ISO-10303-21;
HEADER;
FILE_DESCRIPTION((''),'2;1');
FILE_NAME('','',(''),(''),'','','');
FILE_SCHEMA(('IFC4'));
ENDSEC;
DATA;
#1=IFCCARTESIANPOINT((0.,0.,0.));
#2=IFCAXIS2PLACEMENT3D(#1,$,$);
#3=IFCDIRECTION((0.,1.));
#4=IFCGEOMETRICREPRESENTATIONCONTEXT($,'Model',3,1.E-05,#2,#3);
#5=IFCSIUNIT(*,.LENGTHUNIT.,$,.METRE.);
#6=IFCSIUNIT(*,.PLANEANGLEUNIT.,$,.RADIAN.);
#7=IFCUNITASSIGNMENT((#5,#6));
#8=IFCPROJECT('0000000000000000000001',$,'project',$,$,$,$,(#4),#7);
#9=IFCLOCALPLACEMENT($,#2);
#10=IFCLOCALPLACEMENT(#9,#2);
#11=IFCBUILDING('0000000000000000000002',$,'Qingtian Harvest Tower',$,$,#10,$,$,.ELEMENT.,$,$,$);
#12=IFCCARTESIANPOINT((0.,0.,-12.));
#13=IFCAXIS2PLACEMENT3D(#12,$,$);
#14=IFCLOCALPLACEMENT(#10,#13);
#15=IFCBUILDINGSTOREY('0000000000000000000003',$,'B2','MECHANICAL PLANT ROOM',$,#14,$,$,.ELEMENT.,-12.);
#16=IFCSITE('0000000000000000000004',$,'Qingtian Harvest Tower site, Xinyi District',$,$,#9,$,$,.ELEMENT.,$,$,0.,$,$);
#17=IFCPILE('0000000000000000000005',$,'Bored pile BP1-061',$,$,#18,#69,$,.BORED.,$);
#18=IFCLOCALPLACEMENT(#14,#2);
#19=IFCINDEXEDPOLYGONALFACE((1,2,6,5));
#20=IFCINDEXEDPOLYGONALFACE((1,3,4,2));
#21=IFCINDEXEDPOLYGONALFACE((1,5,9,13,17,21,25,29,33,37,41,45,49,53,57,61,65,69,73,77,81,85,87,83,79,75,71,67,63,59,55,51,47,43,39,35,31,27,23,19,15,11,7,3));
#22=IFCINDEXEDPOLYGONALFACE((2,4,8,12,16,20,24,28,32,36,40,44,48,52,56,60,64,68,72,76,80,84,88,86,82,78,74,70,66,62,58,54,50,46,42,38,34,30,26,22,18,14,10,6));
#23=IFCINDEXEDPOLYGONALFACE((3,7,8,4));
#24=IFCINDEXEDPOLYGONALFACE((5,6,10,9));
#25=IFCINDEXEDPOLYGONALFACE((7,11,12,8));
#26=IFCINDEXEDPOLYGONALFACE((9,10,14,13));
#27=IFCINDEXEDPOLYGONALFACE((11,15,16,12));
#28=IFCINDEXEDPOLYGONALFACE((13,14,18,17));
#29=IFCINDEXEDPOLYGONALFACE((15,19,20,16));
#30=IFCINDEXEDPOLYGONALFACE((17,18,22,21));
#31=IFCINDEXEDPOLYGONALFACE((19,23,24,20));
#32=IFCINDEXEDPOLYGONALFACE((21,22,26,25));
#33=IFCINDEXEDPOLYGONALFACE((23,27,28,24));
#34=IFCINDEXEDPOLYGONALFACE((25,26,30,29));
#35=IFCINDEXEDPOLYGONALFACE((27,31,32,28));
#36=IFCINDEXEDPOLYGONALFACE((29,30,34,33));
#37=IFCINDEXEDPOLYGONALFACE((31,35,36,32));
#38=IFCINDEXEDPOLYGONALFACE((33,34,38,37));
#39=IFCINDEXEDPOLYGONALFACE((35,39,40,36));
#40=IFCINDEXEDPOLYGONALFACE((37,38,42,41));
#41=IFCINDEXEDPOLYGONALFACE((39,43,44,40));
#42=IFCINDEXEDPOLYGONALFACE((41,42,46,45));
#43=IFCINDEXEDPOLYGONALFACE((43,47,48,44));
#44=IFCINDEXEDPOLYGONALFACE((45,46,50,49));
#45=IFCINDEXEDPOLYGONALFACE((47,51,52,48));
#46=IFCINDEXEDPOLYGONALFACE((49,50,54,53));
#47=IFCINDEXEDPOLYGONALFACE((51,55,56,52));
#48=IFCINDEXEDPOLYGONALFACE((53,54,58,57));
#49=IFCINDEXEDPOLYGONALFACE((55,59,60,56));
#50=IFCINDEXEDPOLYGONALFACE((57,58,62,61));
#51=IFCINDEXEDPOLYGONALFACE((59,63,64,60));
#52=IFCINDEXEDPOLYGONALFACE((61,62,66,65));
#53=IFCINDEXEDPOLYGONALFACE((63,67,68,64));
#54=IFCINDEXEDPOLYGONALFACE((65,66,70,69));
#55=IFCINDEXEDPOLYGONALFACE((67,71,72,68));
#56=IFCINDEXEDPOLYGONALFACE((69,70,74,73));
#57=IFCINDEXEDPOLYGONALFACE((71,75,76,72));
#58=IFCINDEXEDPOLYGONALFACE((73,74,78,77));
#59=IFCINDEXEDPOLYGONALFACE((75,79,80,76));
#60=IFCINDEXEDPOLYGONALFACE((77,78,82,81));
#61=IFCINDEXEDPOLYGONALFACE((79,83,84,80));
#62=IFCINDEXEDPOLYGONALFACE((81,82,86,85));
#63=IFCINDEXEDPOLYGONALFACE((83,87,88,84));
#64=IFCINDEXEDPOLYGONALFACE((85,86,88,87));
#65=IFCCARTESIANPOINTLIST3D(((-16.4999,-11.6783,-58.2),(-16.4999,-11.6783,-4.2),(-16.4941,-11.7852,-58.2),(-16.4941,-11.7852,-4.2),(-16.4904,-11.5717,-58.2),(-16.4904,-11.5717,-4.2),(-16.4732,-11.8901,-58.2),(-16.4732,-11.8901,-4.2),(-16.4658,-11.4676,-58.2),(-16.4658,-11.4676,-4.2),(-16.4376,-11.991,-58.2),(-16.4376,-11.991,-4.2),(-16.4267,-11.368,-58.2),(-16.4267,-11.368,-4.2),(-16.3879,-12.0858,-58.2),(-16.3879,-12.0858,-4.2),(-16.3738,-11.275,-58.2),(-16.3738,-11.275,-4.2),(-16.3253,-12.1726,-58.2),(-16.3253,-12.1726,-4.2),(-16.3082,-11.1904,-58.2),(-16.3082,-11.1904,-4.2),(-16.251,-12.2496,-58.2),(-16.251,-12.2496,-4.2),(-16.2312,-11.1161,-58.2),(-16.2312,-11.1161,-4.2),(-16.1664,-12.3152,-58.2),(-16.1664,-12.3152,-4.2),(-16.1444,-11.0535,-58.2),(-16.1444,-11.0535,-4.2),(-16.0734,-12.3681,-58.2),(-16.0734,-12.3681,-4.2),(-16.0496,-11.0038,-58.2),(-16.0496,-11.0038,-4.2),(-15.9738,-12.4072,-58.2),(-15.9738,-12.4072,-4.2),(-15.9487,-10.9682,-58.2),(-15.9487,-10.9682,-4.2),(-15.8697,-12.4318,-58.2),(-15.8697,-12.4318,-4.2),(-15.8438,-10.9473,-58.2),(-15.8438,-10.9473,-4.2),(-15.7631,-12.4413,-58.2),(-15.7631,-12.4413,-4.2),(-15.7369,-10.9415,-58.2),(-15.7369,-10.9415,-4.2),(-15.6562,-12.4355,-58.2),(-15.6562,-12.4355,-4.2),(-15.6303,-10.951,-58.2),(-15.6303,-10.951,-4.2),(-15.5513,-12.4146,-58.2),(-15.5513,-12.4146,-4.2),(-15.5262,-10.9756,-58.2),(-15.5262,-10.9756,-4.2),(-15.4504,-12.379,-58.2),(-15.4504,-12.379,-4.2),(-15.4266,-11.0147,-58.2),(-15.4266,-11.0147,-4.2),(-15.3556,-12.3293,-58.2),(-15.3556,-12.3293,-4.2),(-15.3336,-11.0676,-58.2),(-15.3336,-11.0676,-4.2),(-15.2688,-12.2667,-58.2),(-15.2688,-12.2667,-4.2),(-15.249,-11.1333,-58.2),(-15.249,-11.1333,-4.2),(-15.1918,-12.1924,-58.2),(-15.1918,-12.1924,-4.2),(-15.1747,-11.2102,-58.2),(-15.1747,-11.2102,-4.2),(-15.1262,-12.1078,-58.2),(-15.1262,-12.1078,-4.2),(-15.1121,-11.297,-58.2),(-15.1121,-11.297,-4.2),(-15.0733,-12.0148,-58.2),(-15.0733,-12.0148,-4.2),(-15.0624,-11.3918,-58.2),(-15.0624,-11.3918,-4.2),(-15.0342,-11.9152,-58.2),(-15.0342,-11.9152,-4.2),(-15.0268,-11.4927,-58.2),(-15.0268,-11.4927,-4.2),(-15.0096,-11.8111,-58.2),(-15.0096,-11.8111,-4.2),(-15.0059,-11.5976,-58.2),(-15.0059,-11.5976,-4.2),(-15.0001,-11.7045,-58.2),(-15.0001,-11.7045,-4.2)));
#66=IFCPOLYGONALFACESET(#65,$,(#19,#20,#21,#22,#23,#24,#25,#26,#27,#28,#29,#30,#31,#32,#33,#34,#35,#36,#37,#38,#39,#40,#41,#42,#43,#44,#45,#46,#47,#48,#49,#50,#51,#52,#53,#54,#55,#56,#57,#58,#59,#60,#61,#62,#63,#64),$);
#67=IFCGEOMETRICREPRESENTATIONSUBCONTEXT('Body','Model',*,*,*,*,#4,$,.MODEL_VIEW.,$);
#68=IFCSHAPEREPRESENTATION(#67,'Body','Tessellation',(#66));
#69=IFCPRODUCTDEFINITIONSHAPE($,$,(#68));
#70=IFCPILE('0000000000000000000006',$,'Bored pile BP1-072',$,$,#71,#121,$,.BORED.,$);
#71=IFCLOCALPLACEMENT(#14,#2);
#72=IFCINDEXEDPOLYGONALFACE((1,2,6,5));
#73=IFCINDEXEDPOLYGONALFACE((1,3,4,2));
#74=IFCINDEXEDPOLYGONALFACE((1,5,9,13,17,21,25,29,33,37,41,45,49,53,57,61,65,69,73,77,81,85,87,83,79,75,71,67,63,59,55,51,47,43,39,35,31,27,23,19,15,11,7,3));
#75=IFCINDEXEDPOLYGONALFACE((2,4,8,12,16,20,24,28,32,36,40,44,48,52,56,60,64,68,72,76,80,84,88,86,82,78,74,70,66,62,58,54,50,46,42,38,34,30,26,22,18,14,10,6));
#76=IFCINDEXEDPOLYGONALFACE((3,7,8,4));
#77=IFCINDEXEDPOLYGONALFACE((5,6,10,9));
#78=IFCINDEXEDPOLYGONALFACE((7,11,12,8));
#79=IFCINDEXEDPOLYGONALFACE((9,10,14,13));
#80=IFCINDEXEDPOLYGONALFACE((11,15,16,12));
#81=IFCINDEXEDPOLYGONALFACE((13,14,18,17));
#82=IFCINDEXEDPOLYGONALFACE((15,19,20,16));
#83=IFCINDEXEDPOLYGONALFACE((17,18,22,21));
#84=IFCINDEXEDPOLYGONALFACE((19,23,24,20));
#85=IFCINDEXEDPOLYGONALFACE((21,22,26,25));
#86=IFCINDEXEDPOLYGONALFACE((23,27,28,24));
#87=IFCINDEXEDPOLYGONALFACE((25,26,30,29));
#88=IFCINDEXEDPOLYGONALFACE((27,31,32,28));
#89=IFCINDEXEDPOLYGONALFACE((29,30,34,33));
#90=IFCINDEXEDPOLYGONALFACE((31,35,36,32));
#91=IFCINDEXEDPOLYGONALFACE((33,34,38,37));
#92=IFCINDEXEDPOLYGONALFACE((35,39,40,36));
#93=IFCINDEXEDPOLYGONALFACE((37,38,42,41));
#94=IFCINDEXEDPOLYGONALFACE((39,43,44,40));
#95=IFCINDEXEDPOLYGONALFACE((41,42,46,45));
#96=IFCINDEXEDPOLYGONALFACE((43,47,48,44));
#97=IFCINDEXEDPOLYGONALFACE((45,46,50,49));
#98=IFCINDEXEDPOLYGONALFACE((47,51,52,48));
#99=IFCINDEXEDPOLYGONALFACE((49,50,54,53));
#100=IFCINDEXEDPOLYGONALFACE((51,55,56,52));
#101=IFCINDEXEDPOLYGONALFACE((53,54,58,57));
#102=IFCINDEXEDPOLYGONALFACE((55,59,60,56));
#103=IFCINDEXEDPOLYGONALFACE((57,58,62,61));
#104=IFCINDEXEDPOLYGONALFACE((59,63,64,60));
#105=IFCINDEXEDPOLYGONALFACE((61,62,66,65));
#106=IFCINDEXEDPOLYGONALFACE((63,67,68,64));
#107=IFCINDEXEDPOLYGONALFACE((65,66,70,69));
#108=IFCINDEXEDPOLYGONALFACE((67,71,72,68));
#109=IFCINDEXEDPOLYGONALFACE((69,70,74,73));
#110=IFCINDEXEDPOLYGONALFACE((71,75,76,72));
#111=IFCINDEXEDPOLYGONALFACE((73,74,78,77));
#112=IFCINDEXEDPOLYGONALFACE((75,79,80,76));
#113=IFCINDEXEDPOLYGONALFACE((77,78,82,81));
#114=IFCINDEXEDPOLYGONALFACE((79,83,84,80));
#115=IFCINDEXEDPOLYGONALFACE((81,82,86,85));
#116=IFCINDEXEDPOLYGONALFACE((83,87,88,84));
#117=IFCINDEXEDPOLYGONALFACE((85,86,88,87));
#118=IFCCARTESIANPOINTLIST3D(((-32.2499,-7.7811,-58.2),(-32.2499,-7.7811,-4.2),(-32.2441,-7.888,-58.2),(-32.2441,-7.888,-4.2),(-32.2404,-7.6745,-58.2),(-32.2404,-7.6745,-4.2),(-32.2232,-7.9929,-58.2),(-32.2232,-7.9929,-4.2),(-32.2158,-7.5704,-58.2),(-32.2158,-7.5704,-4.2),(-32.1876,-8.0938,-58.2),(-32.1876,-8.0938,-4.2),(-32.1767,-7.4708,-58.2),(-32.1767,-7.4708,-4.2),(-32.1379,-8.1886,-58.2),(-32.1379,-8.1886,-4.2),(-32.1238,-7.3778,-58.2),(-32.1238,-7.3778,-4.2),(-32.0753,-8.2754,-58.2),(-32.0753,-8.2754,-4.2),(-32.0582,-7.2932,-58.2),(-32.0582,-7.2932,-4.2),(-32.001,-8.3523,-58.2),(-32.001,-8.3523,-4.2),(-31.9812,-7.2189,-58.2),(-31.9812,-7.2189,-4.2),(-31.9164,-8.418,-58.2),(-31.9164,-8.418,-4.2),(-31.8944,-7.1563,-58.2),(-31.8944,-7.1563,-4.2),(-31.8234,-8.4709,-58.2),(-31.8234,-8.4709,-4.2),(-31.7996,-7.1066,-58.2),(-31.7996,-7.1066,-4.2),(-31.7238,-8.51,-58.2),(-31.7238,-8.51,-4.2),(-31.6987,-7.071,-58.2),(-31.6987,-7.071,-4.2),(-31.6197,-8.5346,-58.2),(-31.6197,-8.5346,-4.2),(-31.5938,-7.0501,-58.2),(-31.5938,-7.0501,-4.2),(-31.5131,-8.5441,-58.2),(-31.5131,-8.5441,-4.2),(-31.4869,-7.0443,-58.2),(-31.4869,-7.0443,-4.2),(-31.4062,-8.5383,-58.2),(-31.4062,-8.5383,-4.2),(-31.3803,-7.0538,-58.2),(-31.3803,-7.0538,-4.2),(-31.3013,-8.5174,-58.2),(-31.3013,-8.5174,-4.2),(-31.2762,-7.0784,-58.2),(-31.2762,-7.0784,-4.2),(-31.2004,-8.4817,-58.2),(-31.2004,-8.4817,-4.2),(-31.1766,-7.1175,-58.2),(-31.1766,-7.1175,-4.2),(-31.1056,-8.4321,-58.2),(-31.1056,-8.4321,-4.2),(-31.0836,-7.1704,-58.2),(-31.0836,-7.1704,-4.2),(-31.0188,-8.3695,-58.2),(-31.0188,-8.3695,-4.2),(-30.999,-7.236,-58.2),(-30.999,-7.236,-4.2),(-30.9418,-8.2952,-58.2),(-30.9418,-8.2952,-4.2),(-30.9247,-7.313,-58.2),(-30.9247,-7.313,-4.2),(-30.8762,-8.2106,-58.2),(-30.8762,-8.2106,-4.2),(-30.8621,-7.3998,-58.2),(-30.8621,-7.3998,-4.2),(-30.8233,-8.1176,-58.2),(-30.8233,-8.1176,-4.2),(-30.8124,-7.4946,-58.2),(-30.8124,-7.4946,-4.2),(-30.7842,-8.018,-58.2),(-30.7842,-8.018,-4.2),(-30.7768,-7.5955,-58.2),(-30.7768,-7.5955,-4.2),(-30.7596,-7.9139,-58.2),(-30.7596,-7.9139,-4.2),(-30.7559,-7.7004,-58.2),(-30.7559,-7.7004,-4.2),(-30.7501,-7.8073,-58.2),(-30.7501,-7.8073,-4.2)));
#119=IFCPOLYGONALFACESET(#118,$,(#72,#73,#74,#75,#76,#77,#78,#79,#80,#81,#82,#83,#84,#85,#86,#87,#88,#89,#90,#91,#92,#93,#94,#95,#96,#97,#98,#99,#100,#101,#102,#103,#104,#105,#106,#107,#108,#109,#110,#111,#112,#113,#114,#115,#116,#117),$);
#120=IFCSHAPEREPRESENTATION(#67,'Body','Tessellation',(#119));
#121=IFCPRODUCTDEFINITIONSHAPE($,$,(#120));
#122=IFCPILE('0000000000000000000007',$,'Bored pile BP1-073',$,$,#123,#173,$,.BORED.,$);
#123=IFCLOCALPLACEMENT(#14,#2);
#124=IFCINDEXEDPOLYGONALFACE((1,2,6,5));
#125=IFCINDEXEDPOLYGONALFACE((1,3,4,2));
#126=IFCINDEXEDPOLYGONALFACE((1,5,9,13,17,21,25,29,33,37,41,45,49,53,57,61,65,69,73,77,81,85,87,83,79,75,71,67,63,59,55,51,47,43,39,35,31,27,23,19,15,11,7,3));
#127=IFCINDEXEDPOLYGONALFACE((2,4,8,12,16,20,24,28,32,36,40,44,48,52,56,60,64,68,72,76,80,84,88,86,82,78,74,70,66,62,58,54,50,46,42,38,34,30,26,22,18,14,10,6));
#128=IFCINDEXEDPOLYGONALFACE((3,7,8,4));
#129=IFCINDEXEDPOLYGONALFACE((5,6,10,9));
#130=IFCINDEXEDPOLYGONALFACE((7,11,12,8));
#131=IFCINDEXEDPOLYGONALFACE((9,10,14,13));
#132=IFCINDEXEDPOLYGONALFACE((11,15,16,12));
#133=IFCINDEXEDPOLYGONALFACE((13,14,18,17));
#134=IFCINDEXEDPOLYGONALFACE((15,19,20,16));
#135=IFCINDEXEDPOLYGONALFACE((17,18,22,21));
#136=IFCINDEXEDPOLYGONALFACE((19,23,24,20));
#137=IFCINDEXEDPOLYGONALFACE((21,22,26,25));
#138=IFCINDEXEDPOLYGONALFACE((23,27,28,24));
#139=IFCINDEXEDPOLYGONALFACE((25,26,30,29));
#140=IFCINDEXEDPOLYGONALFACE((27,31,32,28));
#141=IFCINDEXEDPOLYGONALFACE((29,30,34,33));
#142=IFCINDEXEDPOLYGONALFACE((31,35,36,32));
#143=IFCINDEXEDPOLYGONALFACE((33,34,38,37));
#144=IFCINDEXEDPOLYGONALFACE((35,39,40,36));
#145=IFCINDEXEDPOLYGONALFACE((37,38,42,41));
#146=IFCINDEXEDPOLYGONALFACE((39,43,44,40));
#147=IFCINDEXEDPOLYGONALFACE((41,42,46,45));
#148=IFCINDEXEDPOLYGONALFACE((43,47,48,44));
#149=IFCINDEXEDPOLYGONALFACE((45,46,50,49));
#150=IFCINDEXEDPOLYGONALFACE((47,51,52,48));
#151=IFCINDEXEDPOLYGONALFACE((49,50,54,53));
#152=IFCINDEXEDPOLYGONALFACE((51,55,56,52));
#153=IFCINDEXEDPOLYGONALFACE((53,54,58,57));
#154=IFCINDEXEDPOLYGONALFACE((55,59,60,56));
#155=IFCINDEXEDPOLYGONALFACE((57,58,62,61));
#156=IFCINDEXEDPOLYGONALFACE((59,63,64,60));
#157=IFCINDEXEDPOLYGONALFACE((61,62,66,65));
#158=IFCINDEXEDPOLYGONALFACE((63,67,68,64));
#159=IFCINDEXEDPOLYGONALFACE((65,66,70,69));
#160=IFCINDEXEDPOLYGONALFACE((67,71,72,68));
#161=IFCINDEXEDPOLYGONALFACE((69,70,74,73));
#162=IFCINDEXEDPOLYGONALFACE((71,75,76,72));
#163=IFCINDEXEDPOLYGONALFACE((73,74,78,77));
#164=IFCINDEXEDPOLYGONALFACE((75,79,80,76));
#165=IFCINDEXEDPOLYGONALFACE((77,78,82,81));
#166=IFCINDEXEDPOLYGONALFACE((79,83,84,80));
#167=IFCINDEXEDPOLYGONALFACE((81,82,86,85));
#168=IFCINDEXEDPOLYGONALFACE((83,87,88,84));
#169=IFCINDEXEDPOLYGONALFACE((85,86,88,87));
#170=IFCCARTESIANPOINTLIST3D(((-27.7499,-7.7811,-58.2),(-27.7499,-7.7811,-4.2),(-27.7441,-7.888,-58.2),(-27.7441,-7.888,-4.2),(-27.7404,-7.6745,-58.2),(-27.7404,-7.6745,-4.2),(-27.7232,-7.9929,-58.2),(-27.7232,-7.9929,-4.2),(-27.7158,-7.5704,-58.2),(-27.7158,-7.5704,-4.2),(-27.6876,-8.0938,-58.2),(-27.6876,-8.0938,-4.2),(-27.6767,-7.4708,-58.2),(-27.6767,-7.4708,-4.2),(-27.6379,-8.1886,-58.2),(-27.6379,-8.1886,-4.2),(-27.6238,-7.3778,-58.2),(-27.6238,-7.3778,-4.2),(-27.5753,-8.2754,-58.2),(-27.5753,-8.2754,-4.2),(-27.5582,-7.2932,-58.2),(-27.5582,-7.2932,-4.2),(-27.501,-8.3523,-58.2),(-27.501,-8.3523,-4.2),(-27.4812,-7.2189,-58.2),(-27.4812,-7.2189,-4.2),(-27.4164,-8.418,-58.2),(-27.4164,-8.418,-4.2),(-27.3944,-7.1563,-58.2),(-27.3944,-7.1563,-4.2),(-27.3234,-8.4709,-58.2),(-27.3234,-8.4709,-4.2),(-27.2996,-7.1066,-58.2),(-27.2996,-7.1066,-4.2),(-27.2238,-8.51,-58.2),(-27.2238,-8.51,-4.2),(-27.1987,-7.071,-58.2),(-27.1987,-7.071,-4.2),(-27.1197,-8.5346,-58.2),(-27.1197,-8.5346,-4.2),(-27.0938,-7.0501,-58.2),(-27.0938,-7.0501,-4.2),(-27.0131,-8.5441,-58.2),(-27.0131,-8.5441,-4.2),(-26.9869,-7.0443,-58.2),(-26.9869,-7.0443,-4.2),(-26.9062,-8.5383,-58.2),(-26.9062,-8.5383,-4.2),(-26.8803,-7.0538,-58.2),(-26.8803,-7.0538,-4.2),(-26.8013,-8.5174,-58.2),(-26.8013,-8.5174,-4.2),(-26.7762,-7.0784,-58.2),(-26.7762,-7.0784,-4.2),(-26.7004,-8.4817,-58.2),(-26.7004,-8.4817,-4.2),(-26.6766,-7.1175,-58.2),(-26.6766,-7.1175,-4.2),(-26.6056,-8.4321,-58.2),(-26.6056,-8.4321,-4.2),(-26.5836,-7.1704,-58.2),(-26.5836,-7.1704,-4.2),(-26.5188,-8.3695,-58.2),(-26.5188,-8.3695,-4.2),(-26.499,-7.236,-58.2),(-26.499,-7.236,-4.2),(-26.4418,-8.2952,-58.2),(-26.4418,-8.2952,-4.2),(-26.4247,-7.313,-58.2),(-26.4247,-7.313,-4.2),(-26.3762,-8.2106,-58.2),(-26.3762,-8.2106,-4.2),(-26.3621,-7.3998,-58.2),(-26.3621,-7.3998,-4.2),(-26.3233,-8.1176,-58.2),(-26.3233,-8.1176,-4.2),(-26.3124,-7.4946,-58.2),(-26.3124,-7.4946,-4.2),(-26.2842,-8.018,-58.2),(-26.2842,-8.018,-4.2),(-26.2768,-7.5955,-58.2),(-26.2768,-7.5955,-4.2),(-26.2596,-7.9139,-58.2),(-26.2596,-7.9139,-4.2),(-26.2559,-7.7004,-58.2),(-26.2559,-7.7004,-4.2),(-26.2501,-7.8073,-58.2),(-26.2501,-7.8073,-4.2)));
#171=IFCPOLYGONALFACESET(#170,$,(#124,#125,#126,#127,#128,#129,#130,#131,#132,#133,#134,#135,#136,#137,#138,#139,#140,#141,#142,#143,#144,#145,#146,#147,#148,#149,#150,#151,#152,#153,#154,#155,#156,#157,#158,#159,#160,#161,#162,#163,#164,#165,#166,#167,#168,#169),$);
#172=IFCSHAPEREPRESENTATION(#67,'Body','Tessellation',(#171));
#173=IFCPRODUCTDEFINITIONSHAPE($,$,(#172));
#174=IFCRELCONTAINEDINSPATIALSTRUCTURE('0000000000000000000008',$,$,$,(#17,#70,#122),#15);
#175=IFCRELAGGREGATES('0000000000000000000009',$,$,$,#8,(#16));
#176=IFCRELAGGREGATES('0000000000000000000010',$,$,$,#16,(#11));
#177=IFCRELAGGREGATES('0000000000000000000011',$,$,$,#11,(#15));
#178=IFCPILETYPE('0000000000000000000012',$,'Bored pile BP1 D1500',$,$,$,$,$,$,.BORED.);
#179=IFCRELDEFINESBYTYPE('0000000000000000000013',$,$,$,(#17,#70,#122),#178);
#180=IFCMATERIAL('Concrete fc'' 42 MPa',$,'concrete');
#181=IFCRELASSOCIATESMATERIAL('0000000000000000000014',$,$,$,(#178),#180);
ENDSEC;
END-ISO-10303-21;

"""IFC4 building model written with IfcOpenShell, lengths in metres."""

from ifc_helpers import new_model, si_unit, direction, frame, frame_2d, origin, place, context, subcontext, project, spatial, circle, extrude, material, material_profile, profile_set, type_object, element, save


model = new_model("IFC4")

# Units and contexts
model_context = context("Model", 3, precision=1e-05, world=origin(), true_north=direction((0.0, 1.0)))
body_context = subcontext(model_context, "Body", "Model", "MODEL_VIEW")
ifc_project = project(units=[si_unit("LENGTHUNIT", "METRE"), si_unit("PLANEANGLEUNIT", "RADIAN")], contexts=[model_context])

# Site, building, storey
site_placement = place(None, origin())
site = spatial("IfcSite", under=ifc_project, at=site_placement, Name="Qingtian Harvest Tower site, Xinyi District", CompositionType="ELEMENT", RefElevation=0.0)
building_placement = place(site_placement, origin())
building = spatial("IfcBuilding", under=site, at=building_placement, Name="Qingtian Harvest Tower", CompositionType="ELEMENT")
storey_placement = place(building_placement, frame((0.0, 0.0, -12.0)))
storey = spatial("IfcBuildingStorey", under=building, at=storey_placement, Name="B2", Description="MECHANICAL PLANT ROOM", CompositionType="ELEMENT", Elevation=-12.0)

# Piles
ifc_material_1 = material(Name="Concrete fc' 42 MPa", Category="concrete")
ifc_material_profile_1 = material_profile(ifc_material_1, circle(Radius=0.75, at=frame_2d((0.0, 0.0), x_axis=(0.999848, 0.017452))), Name="Bored pile BP1 D1500")
ifc_profile_set_1 = profile_set([ifc_material_profile_1], Name="Concrete fc' 42 MPa")
pile_type = type_object("IfcPileType", Name="Bored pile BP1 D1500", PredefinedType="BORED", material=ifc_profile_set_1)
for number, where, z_axis, x_axis, name in (
    (1, (-15.75, -11.6914, -4.2), (0.0, 0.0, -1.0), (1.0, 0.0, 0.0), "Bored pile BP1-061"),
    (2, (-31.5, -7.7942, -4.2), (0.0, 0.0, -1.0), (1.0, 0.0, 0.0), "Bored pile BP1-072"),
    (3, (-27.0, -7.7942, -4.2), (0.0, 0.0, -1.0), (1.0, 0.0, 0.0), "Bored pile BP1-073"),
):
    element("IfcPile", number, at=place(storey_placement, frame(where, z_axis=z_axis, x_axis=x_axis)), inside=storey, type_object=pile_type, Name=name, PredefinedType="BORED", context=body_context, shape_type="SweptSolid", body=[
        extrude(circle(Radius=0.75, at=frame_2d((0.0, 0.0), x_axis=(0.999848, 0.017452))), origin(), (0.0, 0.0, 1.0), 54.0),
    ])

save(model, "model.ifc")
